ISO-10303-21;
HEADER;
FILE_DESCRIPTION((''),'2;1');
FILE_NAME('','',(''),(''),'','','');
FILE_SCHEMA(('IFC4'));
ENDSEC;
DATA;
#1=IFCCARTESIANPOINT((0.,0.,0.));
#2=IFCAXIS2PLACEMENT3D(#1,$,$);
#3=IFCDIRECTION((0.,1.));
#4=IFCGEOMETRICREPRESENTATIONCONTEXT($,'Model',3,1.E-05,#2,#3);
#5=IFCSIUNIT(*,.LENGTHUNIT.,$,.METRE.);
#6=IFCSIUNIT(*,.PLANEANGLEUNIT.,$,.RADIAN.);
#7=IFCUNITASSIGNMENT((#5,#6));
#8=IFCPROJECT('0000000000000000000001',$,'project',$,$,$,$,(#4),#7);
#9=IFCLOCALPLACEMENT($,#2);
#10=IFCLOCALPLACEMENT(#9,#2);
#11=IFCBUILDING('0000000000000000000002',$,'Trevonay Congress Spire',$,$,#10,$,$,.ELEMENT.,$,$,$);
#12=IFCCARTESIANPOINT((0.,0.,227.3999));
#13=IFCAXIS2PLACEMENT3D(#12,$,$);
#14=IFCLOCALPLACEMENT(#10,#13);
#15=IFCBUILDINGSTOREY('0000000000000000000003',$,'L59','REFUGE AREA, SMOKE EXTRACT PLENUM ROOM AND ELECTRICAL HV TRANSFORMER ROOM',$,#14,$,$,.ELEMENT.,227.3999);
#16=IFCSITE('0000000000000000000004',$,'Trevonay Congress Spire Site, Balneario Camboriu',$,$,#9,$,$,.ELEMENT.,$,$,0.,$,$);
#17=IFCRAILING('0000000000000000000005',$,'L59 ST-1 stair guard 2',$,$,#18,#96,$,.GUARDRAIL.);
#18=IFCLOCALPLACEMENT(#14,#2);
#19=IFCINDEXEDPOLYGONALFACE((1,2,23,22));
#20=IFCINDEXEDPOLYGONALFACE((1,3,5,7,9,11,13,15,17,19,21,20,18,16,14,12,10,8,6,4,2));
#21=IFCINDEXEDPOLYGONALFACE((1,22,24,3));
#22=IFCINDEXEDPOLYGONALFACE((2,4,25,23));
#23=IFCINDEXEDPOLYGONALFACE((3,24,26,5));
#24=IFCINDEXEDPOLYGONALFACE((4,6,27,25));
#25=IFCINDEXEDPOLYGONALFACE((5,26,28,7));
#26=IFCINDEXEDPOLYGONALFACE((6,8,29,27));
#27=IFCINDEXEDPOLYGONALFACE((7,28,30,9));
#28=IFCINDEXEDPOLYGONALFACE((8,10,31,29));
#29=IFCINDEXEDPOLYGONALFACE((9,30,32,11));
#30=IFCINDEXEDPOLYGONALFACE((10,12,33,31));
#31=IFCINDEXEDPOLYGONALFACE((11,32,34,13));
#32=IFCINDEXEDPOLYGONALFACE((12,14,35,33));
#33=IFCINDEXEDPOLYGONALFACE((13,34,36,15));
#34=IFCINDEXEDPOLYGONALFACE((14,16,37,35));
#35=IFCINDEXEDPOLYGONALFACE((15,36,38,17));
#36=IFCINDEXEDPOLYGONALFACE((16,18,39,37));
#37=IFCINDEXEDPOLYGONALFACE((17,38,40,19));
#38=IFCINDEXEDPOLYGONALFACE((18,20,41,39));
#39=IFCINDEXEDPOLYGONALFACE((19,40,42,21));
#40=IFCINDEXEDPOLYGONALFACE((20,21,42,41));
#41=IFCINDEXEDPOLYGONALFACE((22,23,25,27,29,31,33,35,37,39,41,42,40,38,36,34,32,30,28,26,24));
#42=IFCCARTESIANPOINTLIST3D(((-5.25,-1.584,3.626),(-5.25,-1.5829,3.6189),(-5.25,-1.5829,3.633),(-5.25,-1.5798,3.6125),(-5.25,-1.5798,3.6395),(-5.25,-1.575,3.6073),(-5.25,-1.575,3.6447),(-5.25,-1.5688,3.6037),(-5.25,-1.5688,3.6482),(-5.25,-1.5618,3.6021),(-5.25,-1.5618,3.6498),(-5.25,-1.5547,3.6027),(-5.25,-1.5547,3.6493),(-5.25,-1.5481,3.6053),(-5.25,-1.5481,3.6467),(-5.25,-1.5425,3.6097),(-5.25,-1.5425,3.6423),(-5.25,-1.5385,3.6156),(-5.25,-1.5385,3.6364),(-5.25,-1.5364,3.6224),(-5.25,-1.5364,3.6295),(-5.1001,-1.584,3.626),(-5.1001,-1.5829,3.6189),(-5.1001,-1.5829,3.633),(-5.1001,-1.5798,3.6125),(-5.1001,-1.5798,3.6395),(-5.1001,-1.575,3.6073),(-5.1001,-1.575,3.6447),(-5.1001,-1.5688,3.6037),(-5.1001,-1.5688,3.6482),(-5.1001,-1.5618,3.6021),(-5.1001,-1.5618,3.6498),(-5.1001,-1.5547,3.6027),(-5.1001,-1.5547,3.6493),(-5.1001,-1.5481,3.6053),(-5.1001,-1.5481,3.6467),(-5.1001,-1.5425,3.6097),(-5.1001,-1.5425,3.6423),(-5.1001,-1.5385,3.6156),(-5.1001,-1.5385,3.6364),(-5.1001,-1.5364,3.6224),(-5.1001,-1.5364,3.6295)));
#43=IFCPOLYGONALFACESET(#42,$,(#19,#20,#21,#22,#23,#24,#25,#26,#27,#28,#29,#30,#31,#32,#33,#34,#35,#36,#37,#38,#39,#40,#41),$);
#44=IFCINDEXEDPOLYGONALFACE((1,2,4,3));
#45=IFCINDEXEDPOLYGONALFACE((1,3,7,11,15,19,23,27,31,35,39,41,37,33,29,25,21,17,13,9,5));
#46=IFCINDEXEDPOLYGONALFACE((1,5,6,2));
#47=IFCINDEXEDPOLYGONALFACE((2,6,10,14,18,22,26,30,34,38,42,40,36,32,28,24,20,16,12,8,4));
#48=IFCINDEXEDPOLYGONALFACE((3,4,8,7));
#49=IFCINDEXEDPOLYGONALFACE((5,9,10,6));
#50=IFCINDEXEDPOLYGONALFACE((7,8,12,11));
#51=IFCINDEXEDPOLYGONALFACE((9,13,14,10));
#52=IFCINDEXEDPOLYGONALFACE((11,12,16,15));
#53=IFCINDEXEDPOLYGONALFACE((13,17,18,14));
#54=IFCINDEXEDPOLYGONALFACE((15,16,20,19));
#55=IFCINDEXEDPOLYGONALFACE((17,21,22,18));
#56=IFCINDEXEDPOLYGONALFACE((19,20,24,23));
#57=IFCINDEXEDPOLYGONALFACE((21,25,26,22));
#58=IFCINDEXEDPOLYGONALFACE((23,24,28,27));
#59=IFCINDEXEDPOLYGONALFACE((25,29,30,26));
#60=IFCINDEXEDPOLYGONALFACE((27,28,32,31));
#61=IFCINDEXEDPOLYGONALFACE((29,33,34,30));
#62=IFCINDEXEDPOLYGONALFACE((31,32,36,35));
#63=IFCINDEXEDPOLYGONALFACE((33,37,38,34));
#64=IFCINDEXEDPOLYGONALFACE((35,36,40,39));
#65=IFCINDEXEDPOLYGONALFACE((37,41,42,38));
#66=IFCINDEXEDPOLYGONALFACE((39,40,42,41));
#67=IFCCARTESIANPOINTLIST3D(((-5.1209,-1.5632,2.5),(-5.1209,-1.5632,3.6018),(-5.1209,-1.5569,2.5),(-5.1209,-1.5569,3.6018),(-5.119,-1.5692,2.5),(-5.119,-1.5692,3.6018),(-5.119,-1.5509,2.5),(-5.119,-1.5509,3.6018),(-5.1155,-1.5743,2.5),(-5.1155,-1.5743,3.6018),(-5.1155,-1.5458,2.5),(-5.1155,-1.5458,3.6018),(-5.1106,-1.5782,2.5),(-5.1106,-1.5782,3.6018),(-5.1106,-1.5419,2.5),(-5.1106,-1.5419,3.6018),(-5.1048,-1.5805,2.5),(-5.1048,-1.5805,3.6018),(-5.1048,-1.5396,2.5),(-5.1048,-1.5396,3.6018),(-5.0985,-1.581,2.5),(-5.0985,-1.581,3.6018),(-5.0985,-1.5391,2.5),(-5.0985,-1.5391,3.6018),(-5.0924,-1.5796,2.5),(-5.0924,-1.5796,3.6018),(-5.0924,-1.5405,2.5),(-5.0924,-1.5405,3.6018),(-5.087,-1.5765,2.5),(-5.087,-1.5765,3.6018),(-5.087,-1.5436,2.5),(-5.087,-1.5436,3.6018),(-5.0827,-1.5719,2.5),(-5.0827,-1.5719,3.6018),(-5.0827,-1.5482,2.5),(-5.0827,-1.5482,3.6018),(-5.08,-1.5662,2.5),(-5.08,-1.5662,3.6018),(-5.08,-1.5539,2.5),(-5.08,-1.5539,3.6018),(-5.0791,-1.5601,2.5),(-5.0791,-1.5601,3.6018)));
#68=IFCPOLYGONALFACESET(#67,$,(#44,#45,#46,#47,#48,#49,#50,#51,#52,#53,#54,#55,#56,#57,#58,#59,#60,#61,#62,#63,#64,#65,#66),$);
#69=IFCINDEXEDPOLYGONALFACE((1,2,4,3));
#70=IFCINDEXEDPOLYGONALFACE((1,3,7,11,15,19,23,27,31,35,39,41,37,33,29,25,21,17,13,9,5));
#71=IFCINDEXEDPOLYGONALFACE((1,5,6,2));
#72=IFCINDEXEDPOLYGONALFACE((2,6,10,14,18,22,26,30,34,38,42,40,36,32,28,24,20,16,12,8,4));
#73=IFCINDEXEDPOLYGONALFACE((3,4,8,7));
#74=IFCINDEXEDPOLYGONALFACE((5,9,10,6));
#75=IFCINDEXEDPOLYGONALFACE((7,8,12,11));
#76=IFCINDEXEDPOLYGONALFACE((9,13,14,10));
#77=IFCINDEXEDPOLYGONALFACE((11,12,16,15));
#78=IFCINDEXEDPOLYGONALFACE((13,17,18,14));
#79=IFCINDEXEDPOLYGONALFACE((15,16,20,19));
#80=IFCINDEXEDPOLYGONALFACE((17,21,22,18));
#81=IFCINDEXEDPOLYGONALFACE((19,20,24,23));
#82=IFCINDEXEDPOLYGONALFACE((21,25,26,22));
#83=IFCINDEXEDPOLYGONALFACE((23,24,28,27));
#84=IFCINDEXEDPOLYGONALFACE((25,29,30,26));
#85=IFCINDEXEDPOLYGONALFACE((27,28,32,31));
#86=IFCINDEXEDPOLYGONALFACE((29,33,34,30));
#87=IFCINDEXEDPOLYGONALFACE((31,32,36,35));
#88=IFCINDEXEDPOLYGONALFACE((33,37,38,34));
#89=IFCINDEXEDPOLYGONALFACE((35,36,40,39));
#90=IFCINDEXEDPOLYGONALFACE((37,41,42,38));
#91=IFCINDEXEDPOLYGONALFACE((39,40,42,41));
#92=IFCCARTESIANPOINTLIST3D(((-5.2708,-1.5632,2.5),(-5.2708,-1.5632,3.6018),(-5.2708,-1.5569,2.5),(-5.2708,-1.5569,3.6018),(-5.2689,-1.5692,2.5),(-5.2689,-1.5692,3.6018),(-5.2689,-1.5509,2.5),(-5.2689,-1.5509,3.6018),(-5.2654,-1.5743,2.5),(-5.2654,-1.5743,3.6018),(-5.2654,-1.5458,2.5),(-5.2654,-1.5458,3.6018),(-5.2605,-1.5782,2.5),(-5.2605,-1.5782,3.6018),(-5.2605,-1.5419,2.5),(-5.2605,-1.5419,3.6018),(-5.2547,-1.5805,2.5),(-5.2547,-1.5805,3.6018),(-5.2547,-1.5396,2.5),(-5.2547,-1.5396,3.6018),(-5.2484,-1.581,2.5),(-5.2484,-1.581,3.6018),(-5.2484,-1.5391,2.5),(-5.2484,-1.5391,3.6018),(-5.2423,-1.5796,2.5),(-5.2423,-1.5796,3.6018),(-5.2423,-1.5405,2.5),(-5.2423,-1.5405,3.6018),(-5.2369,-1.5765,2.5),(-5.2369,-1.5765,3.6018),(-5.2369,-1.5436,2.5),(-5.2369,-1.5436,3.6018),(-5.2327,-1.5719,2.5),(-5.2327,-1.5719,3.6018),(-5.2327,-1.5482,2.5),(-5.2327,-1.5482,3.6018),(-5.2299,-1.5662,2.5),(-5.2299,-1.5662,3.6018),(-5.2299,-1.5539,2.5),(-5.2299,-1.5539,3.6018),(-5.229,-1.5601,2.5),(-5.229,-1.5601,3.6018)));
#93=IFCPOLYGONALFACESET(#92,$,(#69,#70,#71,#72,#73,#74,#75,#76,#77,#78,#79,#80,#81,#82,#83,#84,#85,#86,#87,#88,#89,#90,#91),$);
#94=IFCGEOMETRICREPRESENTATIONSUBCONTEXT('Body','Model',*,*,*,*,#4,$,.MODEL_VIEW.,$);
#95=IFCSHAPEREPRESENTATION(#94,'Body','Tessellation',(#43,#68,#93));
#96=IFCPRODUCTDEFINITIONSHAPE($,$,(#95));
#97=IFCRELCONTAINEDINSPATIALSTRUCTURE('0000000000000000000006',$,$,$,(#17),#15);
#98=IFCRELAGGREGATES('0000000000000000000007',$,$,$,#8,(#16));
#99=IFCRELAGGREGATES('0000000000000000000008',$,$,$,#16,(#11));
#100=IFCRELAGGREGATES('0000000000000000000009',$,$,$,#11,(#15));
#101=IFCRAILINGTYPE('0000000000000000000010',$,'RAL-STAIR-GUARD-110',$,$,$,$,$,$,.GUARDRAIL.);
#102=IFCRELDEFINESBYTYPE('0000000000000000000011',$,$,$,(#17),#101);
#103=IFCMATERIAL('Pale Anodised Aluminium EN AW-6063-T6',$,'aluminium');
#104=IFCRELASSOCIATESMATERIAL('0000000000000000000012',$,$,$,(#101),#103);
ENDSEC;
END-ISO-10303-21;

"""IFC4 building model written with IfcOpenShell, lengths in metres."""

from ifc_helpers import new_model, si_unit, direction, frame, origin, origin_2d, place, context, subcontext, project, spatial, circle, extrude, material, type_object, element, save


model = new_model("IFC4")

# Units and contexts
model_context = context("Model", 3, precision=1e-05, world=origin(), true_north=direction((0.0, 1.0)))
body_context = subcontext(model_context, "Body", "Model", "MODEL_VIEW")
ifc_project = project(units=[si_unit("LENGTHUNIT", "METRE"), si_unit("PLANEANGLEUNIT", "RADIAN")], contexts=[model_context])

# Site, building, storey
site_placement = place(None, origin())
site = spatial("IfcSite", under=ifc_project, at=site_placement, Name="Trevonay Congress Spire Site, Balneario Camboriu", CompositionType="ELEMENT", RefElevation=0.0)
building_placement = place(site_placement, origin())
building = spatial("IfcBuilding", under=site, at=building_placement, Name="Trevonay Congress Spire", CompositionType="ELEMENT")
storey_placement = place(building_placement, frame((0.0, 0.0, 227.3999)))
storey = spatial("IfcBuildingStorey", under=building, at=storey_placement, Name="L59", Description="REFUGE AREA, SMOKE EXTRACT PLENUM ROOM AND ELECTRICAL HV TRANSFORMER ROOM", CompositionType="ELEMENT", Elevation=227.3999)

# Railing
ifc_material_1 = material(Name="Pale Anodised Aluminium EN AW-6063-T6", Category="aluminium")
railing_type_1 = type_object("IfcRailingType", Name="RAL-STAIR-GUARD-110", PredefinedType="GUARDRAIL", material=ifc_material_1)
railing_1_placement = place(storey_placement, frame((-5.1001, -1.5601, 2.5)))
element("IfcRailing", 1, at=railing_1_placement, inside=storey, type_object=railing_type_1, Name="L59 ST-1 stair guard 2", PredefinedType="GUARDRAIL", context=body_context, shape_type="SweptSolid", body=[
    extrude(circle(Radius=0.0239, at=origin_2d()), frame((0.0, 0.0, 1.126), z_axis=(-1.0, 0.0, 0.0), x_axis=(0.0, -1.0, 0.0)), (0.0, 0.0, 1.0), 0.1499),
    extrude(circle(Radius=0.021, at=origin_2d()), origin(), (0.0, 0.0, 1.0), 1.1018),
    extrude(circle(Radius=0.021, at=origin_2d()), frame((-0.1499, 0.0, 0.0)), (0.0, 0.0, 1.0), 1.1018),
])

save(model, "model.ifc")
